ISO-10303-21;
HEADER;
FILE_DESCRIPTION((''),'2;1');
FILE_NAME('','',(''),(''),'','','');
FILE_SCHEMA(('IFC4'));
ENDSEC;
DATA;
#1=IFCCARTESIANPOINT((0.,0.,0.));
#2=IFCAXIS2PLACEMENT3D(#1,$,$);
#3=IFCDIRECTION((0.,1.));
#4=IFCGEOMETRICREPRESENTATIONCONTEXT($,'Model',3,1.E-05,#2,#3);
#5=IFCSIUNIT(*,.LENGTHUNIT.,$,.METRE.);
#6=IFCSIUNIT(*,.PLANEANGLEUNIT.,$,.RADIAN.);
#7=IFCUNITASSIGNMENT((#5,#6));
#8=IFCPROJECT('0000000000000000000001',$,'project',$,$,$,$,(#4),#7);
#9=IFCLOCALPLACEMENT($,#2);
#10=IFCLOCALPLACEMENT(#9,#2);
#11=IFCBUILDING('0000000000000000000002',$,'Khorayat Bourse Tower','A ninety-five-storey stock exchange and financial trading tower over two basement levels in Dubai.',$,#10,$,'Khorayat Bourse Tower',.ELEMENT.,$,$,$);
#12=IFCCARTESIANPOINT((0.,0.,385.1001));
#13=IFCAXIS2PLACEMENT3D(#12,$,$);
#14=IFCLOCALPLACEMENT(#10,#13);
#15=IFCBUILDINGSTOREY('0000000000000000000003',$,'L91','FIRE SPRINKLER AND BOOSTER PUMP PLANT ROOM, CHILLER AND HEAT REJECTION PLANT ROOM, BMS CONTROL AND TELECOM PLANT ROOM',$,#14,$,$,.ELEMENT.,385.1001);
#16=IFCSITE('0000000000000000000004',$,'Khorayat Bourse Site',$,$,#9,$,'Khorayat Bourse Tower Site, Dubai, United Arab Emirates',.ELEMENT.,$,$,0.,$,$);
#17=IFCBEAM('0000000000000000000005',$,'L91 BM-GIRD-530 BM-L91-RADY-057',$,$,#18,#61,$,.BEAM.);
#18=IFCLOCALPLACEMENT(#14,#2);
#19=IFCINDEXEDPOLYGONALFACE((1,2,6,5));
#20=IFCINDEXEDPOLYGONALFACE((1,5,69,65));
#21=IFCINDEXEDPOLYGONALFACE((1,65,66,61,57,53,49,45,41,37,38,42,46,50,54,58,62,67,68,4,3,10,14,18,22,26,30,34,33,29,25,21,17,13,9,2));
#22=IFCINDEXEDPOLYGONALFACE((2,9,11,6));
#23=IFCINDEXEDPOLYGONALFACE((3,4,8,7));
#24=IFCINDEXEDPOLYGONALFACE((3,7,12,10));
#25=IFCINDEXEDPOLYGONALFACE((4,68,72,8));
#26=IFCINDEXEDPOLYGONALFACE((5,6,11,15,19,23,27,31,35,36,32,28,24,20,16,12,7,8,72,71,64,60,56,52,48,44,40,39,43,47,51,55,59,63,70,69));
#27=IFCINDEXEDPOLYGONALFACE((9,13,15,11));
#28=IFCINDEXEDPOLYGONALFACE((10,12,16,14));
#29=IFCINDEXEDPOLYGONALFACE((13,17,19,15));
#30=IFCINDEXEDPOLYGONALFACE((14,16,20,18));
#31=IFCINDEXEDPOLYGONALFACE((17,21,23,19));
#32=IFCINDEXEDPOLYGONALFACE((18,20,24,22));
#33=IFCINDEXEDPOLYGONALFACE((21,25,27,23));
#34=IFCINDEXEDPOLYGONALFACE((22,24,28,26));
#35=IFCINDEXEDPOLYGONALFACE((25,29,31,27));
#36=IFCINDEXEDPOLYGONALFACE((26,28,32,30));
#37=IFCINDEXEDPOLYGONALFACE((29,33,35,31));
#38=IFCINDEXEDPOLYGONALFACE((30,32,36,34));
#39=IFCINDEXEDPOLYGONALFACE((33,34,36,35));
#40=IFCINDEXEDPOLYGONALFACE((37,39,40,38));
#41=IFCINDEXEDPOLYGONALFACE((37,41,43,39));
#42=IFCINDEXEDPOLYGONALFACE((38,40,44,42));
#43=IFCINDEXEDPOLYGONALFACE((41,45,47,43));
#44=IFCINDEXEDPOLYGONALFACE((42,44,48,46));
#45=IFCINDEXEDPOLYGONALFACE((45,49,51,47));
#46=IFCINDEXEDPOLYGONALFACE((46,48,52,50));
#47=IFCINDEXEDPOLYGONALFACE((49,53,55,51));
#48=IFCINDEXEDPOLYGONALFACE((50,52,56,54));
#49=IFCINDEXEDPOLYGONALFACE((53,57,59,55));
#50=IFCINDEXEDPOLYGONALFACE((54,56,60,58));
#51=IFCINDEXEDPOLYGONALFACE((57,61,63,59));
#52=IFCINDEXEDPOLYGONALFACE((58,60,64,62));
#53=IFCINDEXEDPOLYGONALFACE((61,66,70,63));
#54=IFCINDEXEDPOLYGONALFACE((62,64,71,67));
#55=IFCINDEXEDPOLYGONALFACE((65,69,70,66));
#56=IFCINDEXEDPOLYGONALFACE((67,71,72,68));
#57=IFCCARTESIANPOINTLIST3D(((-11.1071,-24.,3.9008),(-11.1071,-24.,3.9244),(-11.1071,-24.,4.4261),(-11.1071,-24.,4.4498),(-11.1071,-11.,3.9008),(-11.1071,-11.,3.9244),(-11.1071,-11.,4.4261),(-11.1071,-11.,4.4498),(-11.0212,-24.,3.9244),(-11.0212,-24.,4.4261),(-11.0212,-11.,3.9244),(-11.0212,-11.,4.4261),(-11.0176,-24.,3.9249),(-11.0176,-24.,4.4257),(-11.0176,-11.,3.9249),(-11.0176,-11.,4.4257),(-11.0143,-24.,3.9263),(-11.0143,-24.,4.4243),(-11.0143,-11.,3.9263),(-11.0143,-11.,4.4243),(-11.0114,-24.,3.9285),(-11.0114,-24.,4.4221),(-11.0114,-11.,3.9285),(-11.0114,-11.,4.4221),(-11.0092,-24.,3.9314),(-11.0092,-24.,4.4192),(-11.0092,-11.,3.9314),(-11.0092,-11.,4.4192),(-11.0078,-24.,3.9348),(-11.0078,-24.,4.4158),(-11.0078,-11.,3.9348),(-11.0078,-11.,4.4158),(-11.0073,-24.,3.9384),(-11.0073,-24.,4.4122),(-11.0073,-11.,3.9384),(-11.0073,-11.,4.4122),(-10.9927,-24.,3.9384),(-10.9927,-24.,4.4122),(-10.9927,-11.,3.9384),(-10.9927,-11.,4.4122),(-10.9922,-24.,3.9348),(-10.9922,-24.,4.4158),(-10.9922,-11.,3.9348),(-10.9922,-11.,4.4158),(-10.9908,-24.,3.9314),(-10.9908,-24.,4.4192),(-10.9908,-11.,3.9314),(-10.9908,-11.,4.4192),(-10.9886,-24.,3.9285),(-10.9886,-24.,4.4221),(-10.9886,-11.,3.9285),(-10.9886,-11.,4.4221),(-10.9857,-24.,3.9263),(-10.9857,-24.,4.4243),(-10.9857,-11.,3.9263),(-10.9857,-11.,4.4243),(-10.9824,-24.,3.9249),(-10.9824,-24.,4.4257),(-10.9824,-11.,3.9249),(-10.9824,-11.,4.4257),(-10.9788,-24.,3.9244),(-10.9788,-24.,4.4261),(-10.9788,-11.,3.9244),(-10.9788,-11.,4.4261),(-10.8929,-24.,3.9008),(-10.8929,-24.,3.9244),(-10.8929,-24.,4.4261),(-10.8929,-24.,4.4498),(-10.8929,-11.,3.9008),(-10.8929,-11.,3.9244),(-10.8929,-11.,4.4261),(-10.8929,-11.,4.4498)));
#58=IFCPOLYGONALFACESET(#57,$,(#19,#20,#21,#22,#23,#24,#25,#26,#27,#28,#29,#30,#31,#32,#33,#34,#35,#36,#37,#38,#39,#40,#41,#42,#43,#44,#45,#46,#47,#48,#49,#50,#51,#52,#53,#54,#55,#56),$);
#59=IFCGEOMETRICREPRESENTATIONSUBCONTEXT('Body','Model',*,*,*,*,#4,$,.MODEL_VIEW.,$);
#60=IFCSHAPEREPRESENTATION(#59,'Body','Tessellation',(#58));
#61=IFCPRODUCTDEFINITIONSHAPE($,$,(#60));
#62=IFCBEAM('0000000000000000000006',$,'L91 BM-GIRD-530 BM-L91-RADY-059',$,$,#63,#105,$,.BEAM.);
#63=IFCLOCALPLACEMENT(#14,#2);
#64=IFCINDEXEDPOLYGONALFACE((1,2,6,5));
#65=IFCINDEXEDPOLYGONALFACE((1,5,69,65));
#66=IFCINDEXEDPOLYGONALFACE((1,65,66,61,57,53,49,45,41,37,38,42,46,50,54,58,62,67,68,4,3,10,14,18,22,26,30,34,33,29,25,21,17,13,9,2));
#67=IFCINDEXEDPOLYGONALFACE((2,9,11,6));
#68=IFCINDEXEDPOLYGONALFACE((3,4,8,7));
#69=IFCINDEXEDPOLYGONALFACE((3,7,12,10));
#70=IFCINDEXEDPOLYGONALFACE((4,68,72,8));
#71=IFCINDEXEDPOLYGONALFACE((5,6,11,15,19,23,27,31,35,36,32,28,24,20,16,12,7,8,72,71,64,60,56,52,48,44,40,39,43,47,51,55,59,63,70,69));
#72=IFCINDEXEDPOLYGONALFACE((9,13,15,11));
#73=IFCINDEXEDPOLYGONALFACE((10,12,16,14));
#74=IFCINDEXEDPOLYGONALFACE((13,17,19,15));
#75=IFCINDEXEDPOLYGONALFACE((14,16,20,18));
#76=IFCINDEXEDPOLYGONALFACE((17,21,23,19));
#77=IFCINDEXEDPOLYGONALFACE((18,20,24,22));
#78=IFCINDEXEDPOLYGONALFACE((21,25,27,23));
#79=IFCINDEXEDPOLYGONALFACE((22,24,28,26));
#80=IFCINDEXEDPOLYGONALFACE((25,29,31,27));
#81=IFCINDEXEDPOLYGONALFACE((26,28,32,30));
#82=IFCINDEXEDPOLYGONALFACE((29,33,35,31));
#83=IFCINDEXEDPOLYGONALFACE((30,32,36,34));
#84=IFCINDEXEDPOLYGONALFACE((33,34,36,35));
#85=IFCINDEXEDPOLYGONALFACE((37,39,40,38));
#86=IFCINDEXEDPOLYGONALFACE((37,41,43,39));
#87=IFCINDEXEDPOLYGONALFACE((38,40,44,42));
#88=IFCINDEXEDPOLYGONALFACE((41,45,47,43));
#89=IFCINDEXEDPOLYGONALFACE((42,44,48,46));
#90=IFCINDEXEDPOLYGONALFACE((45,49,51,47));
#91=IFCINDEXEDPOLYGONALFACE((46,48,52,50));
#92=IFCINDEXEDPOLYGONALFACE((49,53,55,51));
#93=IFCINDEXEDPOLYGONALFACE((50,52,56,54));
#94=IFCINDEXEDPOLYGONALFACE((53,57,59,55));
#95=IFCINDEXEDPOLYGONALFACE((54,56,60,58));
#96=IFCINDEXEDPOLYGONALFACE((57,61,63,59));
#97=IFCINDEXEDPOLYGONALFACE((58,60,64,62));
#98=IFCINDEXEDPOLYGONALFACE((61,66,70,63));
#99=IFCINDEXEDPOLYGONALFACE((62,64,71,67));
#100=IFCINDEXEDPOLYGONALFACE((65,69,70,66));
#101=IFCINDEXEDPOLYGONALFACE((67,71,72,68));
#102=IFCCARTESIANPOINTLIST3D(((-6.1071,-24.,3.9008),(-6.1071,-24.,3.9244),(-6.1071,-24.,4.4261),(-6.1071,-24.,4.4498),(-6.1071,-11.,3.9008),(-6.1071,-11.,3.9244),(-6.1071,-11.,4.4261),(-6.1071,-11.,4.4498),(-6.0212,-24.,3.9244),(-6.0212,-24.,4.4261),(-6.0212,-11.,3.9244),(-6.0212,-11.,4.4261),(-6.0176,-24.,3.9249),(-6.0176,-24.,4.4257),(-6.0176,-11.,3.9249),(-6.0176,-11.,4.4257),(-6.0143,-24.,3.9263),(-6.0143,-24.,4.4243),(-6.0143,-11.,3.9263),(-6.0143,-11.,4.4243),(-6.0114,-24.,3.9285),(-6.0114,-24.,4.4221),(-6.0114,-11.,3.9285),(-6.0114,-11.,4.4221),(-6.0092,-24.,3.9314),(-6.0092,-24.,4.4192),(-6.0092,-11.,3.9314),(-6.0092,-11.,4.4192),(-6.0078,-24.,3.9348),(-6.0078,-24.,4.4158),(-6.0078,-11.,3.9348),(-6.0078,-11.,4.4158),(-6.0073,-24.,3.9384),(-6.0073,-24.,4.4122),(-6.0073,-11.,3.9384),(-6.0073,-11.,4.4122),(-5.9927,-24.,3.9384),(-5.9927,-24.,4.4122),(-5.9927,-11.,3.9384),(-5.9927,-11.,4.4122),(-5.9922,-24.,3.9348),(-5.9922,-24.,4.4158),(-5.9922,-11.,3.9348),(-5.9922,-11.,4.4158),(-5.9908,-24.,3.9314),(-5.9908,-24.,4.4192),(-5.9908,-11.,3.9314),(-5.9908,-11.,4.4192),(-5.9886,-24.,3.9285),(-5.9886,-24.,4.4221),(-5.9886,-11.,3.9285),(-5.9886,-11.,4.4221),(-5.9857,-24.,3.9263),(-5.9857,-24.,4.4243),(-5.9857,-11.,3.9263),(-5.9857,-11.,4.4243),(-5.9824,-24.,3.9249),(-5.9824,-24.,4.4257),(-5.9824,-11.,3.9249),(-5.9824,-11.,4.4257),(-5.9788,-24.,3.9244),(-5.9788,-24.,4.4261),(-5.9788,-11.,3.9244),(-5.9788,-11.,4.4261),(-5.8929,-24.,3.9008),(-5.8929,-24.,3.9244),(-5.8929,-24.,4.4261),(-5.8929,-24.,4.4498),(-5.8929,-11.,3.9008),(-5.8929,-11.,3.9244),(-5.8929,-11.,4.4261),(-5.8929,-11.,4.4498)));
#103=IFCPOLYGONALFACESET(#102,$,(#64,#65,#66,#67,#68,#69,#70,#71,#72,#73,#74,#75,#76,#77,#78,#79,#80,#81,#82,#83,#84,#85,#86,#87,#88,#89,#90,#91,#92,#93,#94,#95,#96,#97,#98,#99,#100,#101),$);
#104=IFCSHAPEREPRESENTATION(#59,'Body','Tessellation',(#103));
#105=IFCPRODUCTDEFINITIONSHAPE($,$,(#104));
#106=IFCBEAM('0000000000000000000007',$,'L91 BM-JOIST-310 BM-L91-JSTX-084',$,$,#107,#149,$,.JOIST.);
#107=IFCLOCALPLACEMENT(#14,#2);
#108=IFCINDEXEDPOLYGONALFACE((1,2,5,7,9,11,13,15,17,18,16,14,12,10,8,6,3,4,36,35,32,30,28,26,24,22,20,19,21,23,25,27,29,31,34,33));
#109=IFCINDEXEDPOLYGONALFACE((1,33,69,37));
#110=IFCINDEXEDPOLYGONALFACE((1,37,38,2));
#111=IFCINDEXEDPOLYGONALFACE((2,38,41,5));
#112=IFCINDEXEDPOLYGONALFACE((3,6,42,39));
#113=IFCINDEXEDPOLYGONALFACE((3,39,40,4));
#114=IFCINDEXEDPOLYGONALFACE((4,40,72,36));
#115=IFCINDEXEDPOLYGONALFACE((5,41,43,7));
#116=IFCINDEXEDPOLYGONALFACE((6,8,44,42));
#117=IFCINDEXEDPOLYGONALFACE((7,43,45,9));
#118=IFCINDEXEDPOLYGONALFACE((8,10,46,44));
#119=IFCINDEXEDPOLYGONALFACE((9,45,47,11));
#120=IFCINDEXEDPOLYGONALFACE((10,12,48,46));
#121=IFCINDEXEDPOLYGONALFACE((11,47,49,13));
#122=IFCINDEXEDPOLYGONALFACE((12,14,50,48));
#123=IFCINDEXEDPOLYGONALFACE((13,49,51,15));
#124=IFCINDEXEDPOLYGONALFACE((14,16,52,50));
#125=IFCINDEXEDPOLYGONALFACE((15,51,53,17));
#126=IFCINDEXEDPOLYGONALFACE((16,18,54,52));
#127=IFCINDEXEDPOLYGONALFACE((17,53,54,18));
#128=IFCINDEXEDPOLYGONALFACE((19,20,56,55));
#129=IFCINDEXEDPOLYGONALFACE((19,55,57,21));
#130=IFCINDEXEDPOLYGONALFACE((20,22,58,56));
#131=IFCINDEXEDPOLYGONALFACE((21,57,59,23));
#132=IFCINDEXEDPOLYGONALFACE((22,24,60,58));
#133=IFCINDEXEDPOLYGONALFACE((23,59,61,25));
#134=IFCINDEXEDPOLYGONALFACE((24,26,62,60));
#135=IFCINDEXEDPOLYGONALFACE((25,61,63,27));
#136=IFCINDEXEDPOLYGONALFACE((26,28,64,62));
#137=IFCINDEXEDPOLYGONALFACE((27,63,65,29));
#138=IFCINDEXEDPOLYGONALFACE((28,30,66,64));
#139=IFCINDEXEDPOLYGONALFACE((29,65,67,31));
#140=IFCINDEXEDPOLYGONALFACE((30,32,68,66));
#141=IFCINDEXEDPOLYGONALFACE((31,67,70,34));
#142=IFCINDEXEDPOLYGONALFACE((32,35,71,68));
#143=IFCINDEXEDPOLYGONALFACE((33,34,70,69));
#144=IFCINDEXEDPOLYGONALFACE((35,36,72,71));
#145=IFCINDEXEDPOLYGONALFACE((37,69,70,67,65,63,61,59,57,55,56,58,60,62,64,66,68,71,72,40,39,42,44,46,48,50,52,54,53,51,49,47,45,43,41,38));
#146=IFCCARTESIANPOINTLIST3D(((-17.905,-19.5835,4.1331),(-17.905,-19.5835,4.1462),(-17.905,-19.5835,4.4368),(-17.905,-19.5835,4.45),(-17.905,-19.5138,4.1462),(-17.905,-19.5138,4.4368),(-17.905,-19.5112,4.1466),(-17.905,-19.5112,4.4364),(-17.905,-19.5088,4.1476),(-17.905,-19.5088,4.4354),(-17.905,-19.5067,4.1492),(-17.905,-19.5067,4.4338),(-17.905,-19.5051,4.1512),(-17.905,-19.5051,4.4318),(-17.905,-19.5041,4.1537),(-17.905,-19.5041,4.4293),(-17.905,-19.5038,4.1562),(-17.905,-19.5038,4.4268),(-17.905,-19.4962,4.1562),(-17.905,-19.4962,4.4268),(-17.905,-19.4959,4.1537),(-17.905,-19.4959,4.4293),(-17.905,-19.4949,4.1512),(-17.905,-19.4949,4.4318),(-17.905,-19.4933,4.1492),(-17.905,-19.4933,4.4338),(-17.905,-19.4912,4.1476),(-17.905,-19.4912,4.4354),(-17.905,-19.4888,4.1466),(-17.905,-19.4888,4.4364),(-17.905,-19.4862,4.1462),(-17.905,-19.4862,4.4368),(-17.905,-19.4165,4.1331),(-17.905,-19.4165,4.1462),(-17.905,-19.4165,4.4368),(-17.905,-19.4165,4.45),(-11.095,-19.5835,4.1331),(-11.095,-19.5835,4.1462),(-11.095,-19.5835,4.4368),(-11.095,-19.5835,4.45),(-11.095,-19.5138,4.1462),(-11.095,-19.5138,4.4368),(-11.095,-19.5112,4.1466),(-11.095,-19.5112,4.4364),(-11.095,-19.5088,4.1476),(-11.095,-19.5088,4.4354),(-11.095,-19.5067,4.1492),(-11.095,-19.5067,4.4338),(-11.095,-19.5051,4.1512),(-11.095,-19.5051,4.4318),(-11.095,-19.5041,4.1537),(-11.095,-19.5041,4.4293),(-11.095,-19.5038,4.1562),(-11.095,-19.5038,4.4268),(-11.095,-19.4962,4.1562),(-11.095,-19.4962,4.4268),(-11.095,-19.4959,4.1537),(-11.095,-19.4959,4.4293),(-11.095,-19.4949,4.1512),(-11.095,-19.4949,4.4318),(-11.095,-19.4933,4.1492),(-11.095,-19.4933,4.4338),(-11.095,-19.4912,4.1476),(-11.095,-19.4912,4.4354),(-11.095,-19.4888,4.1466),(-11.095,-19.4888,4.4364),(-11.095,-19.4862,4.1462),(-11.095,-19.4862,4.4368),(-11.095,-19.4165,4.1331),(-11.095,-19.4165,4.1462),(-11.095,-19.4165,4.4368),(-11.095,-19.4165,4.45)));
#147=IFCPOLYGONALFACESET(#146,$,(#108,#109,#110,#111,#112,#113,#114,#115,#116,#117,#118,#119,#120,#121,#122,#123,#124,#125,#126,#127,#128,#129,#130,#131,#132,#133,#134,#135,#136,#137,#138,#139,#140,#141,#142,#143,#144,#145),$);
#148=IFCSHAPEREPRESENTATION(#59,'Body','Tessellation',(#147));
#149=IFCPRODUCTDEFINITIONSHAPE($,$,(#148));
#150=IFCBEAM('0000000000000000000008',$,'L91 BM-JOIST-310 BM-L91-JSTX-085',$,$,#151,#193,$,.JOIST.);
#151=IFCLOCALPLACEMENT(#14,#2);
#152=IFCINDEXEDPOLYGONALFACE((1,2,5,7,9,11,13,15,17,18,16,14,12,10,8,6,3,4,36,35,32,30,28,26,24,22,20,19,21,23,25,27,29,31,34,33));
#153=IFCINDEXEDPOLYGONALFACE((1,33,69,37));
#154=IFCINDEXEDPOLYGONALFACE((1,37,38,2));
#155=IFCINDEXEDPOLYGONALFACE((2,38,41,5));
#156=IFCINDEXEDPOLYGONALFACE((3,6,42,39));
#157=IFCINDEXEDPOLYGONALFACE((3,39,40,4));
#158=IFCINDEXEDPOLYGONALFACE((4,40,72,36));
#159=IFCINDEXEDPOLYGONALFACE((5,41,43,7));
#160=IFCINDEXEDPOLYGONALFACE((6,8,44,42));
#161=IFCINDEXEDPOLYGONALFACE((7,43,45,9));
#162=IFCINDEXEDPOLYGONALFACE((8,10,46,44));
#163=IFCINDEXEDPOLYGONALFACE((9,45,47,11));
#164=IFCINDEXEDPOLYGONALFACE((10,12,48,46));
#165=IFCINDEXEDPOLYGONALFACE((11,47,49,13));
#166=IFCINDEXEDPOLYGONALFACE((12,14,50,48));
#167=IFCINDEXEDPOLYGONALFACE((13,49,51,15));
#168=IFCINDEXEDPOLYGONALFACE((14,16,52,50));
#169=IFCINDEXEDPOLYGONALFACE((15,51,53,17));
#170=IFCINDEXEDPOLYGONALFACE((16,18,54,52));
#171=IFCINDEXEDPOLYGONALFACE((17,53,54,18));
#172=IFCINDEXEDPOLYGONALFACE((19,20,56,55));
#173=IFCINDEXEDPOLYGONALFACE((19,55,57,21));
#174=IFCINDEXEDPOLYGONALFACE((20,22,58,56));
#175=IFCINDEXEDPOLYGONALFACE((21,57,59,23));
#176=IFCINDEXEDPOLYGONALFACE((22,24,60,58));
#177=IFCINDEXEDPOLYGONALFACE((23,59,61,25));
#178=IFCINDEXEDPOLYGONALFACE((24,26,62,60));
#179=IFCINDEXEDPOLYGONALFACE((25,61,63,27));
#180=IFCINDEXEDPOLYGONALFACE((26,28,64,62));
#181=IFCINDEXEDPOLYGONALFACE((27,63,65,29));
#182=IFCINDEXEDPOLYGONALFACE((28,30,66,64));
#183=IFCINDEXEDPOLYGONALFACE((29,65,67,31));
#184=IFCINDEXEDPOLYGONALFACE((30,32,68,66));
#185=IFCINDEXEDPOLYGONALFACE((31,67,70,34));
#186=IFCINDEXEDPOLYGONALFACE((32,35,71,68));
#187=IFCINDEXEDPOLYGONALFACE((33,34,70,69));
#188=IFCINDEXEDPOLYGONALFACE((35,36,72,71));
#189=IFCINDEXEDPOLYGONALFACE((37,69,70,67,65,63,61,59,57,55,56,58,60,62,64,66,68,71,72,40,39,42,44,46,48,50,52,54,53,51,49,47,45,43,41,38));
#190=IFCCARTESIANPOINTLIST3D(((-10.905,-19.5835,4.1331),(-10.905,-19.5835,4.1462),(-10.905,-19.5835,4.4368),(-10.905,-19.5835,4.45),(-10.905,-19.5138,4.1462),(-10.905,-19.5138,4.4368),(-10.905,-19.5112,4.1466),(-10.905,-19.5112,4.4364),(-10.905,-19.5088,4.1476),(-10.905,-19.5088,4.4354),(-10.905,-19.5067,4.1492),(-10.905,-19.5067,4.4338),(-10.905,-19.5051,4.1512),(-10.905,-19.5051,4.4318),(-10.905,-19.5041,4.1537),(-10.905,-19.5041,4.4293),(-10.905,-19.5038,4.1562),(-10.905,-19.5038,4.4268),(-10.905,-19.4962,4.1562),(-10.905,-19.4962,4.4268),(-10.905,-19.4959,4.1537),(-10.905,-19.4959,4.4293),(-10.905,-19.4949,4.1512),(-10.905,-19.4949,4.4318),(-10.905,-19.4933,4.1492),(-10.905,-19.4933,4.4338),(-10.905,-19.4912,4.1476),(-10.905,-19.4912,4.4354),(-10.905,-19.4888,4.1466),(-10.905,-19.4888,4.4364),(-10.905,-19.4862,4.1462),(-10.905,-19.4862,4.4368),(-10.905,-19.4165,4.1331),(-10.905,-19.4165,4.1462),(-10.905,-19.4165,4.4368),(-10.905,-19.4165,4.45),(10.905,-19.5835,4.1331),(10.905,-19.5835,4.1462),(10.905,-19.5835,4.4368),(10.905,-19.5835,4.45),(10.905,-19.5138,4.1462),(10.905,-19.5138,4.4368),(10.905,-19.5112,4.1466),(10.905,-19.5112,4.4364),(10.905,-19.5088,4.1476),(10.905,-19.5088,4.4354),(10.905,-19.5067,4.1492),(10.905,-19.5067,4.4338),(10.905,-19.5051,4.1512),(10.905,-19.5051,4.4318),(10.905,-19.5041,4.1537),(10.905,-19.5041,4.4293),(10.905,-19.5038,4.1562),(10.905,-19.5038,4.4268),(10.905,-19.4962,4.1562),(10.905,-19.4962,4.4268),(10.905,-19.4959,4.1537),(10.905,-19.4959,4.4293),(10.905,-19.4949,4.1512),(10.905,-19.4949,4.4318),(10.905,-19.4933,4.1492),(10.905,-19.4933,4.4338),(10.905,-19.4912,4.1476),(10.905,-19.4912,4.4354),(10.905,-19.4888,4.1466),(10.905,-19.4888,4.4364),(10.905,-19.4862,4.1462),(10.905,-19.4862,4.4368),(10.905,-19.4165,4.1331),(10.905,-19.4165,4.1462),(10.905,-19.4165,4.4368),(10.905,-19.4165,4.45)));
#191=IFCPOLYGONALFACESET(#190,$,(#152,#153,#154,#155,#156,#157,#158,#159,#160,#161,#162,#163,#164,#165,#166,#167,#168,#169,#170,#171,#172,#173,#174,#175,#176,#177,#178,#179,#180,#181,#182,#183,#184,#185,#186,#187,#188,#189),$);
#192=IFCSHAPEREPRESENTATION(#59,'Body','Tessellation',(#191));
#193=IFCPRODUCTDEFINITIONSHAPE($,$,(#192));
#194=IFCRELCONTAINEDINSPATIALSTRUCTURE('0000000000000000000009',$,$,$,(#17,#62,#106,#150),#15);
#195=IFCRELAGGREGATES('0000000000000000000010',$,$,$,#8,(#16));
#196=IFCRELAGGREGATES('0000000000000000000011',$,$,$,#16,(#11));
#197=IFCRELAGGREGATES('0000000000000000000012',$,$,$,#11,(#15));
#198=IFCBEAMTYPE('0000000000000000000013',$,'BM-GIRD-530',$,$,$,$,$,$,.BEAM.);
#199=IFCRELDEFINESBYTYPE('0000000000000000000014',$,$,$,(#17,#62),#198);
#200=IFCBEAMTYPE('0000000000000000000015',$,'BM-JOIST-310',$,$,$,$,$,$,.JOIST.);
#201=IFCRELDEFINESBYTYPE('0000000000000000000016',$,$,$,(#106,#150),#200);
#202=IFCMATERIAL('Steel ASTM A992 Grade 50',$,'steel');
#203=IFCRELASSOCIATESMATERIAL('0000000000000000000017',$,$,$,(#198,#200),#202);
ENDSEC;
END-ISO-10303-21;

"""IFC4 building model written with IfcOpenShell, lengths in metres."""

from ifc_helpers import new_model, si_unit, direction, frame, origin, origin_2d, place, context, subcontext, project, spatial, i_section, extrude, source, transform, mapped, material, material_profile, profile_set, type_object, element, save


model = new_model("IFC4")

# Units and contexts
model_context = context("Model", 3, precision=1e-05, world=origin(), true_north=direction((0.0, 1.0)))
body_context = subcontext(model_context, "Body", "Model", "MODEL_VIEW")
ifc_project = project(units=[si_unit("LENGTHUNIT", "METRE"), si_unit("PLANEANGLEUNIT", "RADIAN")], contexts=[model_context])

# Site, building, storey
site_placement = place(None, origin())
site = spatial("IfcSite", under=ifc_project, at=site_placement, Name="Khorayat Bourse Site", LongName="Khorayat Bourse Tower Site, Dubai, United Arab Emirates", CompositionType="ELEMENT", RefElevation=0.0)
building_placement = place(site_placement, origin())
building = spatial("IfcBuilding", under=site, at=building_placement, Name="Khorayat Bourse Tower", Description="A ninety-five-storey stock exchange and financial trading tower over two basement levels in Dubai.", LongName="Khorayat Bourse Tower", CompositionType="ELEMENT")
storey_placement = place(building_placement, frame((0.0, 0.0, 385.1001)))
storey = spatial("IfcBuildingStorey", under=building, at=storey_placement, Name="L91", Description="FIRE SPRINKLER AND BOOSTER PUMP PLANT ROOM, CHILLER AND HEAT REJECTION PLANT ROOM, BMS CONTROL AND TELECOM PLANT ROOM", CompositionType="ELEMENT", Elevation=385.1001)

# Beams
ifc_material_1 = material(Name="Steel ASTM A992 Grade 50", Category="steel")
ifc_material_profile_1 = material_profile(ifc_material_1, i_section(OverallWidth=0.2141, OverallDepth=0.5491, WebThickness=0.0146, FlangeThickness=0.0237, FilletRadius=0.0139, at=origin_2d()), Name="W530X138")
ifc_profile_set_1 = profile_set([ifc_material_profile_1], Name="Steel ASTM A992 Grade 50")
beam_type_1 = type_object("IfcBeamType", Name="BM-GIRD-530", PredefinedType="BEAM", material=ifc_profile_set_1)
shared_shape_1 = source(origin(), body_context, "Body", "SweptSolid", [
    extrude(i_section(OverallWidth=0.2141, OverallDepth=0.5491, WebThickness=0.0146, FlangeThickness=0.0237, FilletRadius=0.0139, at=origin_2d()), origin(), (0.0, 0.0, 1.0), 13.0),
])
for number, where, z_axis, x_axis, name in (
    (1, (-11.0, -24.0, 4.1753), (0.0, 1.0, 0.0), (-1.0, 0.0, 0.0), "L91 BM-GIRD-530 BM-L91-RADY-057"),
    (2, (-6.0, -24.0, 4.1753), (0.0, 1.0, 0.0), (-1.0, 0.0, 0.0), "L91 BM-GIRD-530 BM-L91-RADY-059"),
):
    element("IfcBeam", number, at=place(storey_placement, frame(where, z_axis=z_axis, x_axis=x_axis)), inside=storey, type_object=beam_type_1, Name=name, PredefinedType="BEAM", context=body_context, shape_type="MappedRepresentation", body=[
        mapped(shared_shape_1, transform((0.0, 0.0, 0.0), scale=1.0)),
    ])
ifc_material_profile_2 = material_profile(ifc_material_1, i_section(OverallWidth=0.167, OverallDepth=0.3169, WebThickness=0.0076, FlangeThickness=0.0132, FilletRadius=0.01, at=origin_2d()), Name="W310X52")
ifc_profile_set_2 = profile_set([ifc_material_profile_2], Name="Steel ASTM A992 Grade 50")
beam_type_2 = type_object("IfcBeamType", Name="BM-JOIST-310", PredefinedType="JOIST", material=ifc_profile_set_2)
shared_shape_2 = source(origin(), body_context, "Body", "SweptSolid", [
    extrude(i_section(OverallWidth=0.167, OverallDepth=0.3169, WebThickness=0.0076, FlangeThickness=0.0132, FilletRadius=0.01, at=origin_2d()), origin(), (0.0, 0.0, 1.0), 6.8101),
])
beam_1_placement = place(storey_placement, frame((-17.905, -19.5, 4.2915), z_axis=(1.0, 0.0, 0.0), x_axis=(0.0, 1.0, 0.0)))
element("IfcBeam", 3, at=beam_1_placement, inside=storey, type_object=beam_type_2, Name="L91 BM-JOIST-310 BM-L91-JSTX-084", PredefinedType="JOIST", context=body_context, shape_type="MappedRepresentation", body=[
    mapped(shared_shape_2, transform((0.0, 0.0, 0.0), scale=1.0)),
])
shared_shape_3 = source(origin(), body_context, "Body", "SweptSolid", [
    extrude(i_section(OverallWidth=0.167, OverallDepth=0.3169, WebThickness=0.0076, FlangeThickness=0.0132, FilletRadius=0.01, at=origin_2d()), origin(), (0.0, 0.0, 1.0), 21.8101),
])
beam_2_placement = place(storey_placement, frame((-10.905, -19.5, 4.2915), z_axis=(1.0, 0.0, 0.0), x_axis=(0.0, 1.0, 0.0)))
element("IfcBeam", 4, at=beam_2_placement, inside=storey, type_object=beam_type_2, Name="L91 BM-JOIST-310 BM-L91-JSTX-085", PredefinedType="JOIST", context=body_context, shape_type="MappedRepresentation", body=[
    mapped(shared_shape_3, transform((0.0, 0.0, 0.0), scale=1.0)),
])

save(model, "model.ifc")
